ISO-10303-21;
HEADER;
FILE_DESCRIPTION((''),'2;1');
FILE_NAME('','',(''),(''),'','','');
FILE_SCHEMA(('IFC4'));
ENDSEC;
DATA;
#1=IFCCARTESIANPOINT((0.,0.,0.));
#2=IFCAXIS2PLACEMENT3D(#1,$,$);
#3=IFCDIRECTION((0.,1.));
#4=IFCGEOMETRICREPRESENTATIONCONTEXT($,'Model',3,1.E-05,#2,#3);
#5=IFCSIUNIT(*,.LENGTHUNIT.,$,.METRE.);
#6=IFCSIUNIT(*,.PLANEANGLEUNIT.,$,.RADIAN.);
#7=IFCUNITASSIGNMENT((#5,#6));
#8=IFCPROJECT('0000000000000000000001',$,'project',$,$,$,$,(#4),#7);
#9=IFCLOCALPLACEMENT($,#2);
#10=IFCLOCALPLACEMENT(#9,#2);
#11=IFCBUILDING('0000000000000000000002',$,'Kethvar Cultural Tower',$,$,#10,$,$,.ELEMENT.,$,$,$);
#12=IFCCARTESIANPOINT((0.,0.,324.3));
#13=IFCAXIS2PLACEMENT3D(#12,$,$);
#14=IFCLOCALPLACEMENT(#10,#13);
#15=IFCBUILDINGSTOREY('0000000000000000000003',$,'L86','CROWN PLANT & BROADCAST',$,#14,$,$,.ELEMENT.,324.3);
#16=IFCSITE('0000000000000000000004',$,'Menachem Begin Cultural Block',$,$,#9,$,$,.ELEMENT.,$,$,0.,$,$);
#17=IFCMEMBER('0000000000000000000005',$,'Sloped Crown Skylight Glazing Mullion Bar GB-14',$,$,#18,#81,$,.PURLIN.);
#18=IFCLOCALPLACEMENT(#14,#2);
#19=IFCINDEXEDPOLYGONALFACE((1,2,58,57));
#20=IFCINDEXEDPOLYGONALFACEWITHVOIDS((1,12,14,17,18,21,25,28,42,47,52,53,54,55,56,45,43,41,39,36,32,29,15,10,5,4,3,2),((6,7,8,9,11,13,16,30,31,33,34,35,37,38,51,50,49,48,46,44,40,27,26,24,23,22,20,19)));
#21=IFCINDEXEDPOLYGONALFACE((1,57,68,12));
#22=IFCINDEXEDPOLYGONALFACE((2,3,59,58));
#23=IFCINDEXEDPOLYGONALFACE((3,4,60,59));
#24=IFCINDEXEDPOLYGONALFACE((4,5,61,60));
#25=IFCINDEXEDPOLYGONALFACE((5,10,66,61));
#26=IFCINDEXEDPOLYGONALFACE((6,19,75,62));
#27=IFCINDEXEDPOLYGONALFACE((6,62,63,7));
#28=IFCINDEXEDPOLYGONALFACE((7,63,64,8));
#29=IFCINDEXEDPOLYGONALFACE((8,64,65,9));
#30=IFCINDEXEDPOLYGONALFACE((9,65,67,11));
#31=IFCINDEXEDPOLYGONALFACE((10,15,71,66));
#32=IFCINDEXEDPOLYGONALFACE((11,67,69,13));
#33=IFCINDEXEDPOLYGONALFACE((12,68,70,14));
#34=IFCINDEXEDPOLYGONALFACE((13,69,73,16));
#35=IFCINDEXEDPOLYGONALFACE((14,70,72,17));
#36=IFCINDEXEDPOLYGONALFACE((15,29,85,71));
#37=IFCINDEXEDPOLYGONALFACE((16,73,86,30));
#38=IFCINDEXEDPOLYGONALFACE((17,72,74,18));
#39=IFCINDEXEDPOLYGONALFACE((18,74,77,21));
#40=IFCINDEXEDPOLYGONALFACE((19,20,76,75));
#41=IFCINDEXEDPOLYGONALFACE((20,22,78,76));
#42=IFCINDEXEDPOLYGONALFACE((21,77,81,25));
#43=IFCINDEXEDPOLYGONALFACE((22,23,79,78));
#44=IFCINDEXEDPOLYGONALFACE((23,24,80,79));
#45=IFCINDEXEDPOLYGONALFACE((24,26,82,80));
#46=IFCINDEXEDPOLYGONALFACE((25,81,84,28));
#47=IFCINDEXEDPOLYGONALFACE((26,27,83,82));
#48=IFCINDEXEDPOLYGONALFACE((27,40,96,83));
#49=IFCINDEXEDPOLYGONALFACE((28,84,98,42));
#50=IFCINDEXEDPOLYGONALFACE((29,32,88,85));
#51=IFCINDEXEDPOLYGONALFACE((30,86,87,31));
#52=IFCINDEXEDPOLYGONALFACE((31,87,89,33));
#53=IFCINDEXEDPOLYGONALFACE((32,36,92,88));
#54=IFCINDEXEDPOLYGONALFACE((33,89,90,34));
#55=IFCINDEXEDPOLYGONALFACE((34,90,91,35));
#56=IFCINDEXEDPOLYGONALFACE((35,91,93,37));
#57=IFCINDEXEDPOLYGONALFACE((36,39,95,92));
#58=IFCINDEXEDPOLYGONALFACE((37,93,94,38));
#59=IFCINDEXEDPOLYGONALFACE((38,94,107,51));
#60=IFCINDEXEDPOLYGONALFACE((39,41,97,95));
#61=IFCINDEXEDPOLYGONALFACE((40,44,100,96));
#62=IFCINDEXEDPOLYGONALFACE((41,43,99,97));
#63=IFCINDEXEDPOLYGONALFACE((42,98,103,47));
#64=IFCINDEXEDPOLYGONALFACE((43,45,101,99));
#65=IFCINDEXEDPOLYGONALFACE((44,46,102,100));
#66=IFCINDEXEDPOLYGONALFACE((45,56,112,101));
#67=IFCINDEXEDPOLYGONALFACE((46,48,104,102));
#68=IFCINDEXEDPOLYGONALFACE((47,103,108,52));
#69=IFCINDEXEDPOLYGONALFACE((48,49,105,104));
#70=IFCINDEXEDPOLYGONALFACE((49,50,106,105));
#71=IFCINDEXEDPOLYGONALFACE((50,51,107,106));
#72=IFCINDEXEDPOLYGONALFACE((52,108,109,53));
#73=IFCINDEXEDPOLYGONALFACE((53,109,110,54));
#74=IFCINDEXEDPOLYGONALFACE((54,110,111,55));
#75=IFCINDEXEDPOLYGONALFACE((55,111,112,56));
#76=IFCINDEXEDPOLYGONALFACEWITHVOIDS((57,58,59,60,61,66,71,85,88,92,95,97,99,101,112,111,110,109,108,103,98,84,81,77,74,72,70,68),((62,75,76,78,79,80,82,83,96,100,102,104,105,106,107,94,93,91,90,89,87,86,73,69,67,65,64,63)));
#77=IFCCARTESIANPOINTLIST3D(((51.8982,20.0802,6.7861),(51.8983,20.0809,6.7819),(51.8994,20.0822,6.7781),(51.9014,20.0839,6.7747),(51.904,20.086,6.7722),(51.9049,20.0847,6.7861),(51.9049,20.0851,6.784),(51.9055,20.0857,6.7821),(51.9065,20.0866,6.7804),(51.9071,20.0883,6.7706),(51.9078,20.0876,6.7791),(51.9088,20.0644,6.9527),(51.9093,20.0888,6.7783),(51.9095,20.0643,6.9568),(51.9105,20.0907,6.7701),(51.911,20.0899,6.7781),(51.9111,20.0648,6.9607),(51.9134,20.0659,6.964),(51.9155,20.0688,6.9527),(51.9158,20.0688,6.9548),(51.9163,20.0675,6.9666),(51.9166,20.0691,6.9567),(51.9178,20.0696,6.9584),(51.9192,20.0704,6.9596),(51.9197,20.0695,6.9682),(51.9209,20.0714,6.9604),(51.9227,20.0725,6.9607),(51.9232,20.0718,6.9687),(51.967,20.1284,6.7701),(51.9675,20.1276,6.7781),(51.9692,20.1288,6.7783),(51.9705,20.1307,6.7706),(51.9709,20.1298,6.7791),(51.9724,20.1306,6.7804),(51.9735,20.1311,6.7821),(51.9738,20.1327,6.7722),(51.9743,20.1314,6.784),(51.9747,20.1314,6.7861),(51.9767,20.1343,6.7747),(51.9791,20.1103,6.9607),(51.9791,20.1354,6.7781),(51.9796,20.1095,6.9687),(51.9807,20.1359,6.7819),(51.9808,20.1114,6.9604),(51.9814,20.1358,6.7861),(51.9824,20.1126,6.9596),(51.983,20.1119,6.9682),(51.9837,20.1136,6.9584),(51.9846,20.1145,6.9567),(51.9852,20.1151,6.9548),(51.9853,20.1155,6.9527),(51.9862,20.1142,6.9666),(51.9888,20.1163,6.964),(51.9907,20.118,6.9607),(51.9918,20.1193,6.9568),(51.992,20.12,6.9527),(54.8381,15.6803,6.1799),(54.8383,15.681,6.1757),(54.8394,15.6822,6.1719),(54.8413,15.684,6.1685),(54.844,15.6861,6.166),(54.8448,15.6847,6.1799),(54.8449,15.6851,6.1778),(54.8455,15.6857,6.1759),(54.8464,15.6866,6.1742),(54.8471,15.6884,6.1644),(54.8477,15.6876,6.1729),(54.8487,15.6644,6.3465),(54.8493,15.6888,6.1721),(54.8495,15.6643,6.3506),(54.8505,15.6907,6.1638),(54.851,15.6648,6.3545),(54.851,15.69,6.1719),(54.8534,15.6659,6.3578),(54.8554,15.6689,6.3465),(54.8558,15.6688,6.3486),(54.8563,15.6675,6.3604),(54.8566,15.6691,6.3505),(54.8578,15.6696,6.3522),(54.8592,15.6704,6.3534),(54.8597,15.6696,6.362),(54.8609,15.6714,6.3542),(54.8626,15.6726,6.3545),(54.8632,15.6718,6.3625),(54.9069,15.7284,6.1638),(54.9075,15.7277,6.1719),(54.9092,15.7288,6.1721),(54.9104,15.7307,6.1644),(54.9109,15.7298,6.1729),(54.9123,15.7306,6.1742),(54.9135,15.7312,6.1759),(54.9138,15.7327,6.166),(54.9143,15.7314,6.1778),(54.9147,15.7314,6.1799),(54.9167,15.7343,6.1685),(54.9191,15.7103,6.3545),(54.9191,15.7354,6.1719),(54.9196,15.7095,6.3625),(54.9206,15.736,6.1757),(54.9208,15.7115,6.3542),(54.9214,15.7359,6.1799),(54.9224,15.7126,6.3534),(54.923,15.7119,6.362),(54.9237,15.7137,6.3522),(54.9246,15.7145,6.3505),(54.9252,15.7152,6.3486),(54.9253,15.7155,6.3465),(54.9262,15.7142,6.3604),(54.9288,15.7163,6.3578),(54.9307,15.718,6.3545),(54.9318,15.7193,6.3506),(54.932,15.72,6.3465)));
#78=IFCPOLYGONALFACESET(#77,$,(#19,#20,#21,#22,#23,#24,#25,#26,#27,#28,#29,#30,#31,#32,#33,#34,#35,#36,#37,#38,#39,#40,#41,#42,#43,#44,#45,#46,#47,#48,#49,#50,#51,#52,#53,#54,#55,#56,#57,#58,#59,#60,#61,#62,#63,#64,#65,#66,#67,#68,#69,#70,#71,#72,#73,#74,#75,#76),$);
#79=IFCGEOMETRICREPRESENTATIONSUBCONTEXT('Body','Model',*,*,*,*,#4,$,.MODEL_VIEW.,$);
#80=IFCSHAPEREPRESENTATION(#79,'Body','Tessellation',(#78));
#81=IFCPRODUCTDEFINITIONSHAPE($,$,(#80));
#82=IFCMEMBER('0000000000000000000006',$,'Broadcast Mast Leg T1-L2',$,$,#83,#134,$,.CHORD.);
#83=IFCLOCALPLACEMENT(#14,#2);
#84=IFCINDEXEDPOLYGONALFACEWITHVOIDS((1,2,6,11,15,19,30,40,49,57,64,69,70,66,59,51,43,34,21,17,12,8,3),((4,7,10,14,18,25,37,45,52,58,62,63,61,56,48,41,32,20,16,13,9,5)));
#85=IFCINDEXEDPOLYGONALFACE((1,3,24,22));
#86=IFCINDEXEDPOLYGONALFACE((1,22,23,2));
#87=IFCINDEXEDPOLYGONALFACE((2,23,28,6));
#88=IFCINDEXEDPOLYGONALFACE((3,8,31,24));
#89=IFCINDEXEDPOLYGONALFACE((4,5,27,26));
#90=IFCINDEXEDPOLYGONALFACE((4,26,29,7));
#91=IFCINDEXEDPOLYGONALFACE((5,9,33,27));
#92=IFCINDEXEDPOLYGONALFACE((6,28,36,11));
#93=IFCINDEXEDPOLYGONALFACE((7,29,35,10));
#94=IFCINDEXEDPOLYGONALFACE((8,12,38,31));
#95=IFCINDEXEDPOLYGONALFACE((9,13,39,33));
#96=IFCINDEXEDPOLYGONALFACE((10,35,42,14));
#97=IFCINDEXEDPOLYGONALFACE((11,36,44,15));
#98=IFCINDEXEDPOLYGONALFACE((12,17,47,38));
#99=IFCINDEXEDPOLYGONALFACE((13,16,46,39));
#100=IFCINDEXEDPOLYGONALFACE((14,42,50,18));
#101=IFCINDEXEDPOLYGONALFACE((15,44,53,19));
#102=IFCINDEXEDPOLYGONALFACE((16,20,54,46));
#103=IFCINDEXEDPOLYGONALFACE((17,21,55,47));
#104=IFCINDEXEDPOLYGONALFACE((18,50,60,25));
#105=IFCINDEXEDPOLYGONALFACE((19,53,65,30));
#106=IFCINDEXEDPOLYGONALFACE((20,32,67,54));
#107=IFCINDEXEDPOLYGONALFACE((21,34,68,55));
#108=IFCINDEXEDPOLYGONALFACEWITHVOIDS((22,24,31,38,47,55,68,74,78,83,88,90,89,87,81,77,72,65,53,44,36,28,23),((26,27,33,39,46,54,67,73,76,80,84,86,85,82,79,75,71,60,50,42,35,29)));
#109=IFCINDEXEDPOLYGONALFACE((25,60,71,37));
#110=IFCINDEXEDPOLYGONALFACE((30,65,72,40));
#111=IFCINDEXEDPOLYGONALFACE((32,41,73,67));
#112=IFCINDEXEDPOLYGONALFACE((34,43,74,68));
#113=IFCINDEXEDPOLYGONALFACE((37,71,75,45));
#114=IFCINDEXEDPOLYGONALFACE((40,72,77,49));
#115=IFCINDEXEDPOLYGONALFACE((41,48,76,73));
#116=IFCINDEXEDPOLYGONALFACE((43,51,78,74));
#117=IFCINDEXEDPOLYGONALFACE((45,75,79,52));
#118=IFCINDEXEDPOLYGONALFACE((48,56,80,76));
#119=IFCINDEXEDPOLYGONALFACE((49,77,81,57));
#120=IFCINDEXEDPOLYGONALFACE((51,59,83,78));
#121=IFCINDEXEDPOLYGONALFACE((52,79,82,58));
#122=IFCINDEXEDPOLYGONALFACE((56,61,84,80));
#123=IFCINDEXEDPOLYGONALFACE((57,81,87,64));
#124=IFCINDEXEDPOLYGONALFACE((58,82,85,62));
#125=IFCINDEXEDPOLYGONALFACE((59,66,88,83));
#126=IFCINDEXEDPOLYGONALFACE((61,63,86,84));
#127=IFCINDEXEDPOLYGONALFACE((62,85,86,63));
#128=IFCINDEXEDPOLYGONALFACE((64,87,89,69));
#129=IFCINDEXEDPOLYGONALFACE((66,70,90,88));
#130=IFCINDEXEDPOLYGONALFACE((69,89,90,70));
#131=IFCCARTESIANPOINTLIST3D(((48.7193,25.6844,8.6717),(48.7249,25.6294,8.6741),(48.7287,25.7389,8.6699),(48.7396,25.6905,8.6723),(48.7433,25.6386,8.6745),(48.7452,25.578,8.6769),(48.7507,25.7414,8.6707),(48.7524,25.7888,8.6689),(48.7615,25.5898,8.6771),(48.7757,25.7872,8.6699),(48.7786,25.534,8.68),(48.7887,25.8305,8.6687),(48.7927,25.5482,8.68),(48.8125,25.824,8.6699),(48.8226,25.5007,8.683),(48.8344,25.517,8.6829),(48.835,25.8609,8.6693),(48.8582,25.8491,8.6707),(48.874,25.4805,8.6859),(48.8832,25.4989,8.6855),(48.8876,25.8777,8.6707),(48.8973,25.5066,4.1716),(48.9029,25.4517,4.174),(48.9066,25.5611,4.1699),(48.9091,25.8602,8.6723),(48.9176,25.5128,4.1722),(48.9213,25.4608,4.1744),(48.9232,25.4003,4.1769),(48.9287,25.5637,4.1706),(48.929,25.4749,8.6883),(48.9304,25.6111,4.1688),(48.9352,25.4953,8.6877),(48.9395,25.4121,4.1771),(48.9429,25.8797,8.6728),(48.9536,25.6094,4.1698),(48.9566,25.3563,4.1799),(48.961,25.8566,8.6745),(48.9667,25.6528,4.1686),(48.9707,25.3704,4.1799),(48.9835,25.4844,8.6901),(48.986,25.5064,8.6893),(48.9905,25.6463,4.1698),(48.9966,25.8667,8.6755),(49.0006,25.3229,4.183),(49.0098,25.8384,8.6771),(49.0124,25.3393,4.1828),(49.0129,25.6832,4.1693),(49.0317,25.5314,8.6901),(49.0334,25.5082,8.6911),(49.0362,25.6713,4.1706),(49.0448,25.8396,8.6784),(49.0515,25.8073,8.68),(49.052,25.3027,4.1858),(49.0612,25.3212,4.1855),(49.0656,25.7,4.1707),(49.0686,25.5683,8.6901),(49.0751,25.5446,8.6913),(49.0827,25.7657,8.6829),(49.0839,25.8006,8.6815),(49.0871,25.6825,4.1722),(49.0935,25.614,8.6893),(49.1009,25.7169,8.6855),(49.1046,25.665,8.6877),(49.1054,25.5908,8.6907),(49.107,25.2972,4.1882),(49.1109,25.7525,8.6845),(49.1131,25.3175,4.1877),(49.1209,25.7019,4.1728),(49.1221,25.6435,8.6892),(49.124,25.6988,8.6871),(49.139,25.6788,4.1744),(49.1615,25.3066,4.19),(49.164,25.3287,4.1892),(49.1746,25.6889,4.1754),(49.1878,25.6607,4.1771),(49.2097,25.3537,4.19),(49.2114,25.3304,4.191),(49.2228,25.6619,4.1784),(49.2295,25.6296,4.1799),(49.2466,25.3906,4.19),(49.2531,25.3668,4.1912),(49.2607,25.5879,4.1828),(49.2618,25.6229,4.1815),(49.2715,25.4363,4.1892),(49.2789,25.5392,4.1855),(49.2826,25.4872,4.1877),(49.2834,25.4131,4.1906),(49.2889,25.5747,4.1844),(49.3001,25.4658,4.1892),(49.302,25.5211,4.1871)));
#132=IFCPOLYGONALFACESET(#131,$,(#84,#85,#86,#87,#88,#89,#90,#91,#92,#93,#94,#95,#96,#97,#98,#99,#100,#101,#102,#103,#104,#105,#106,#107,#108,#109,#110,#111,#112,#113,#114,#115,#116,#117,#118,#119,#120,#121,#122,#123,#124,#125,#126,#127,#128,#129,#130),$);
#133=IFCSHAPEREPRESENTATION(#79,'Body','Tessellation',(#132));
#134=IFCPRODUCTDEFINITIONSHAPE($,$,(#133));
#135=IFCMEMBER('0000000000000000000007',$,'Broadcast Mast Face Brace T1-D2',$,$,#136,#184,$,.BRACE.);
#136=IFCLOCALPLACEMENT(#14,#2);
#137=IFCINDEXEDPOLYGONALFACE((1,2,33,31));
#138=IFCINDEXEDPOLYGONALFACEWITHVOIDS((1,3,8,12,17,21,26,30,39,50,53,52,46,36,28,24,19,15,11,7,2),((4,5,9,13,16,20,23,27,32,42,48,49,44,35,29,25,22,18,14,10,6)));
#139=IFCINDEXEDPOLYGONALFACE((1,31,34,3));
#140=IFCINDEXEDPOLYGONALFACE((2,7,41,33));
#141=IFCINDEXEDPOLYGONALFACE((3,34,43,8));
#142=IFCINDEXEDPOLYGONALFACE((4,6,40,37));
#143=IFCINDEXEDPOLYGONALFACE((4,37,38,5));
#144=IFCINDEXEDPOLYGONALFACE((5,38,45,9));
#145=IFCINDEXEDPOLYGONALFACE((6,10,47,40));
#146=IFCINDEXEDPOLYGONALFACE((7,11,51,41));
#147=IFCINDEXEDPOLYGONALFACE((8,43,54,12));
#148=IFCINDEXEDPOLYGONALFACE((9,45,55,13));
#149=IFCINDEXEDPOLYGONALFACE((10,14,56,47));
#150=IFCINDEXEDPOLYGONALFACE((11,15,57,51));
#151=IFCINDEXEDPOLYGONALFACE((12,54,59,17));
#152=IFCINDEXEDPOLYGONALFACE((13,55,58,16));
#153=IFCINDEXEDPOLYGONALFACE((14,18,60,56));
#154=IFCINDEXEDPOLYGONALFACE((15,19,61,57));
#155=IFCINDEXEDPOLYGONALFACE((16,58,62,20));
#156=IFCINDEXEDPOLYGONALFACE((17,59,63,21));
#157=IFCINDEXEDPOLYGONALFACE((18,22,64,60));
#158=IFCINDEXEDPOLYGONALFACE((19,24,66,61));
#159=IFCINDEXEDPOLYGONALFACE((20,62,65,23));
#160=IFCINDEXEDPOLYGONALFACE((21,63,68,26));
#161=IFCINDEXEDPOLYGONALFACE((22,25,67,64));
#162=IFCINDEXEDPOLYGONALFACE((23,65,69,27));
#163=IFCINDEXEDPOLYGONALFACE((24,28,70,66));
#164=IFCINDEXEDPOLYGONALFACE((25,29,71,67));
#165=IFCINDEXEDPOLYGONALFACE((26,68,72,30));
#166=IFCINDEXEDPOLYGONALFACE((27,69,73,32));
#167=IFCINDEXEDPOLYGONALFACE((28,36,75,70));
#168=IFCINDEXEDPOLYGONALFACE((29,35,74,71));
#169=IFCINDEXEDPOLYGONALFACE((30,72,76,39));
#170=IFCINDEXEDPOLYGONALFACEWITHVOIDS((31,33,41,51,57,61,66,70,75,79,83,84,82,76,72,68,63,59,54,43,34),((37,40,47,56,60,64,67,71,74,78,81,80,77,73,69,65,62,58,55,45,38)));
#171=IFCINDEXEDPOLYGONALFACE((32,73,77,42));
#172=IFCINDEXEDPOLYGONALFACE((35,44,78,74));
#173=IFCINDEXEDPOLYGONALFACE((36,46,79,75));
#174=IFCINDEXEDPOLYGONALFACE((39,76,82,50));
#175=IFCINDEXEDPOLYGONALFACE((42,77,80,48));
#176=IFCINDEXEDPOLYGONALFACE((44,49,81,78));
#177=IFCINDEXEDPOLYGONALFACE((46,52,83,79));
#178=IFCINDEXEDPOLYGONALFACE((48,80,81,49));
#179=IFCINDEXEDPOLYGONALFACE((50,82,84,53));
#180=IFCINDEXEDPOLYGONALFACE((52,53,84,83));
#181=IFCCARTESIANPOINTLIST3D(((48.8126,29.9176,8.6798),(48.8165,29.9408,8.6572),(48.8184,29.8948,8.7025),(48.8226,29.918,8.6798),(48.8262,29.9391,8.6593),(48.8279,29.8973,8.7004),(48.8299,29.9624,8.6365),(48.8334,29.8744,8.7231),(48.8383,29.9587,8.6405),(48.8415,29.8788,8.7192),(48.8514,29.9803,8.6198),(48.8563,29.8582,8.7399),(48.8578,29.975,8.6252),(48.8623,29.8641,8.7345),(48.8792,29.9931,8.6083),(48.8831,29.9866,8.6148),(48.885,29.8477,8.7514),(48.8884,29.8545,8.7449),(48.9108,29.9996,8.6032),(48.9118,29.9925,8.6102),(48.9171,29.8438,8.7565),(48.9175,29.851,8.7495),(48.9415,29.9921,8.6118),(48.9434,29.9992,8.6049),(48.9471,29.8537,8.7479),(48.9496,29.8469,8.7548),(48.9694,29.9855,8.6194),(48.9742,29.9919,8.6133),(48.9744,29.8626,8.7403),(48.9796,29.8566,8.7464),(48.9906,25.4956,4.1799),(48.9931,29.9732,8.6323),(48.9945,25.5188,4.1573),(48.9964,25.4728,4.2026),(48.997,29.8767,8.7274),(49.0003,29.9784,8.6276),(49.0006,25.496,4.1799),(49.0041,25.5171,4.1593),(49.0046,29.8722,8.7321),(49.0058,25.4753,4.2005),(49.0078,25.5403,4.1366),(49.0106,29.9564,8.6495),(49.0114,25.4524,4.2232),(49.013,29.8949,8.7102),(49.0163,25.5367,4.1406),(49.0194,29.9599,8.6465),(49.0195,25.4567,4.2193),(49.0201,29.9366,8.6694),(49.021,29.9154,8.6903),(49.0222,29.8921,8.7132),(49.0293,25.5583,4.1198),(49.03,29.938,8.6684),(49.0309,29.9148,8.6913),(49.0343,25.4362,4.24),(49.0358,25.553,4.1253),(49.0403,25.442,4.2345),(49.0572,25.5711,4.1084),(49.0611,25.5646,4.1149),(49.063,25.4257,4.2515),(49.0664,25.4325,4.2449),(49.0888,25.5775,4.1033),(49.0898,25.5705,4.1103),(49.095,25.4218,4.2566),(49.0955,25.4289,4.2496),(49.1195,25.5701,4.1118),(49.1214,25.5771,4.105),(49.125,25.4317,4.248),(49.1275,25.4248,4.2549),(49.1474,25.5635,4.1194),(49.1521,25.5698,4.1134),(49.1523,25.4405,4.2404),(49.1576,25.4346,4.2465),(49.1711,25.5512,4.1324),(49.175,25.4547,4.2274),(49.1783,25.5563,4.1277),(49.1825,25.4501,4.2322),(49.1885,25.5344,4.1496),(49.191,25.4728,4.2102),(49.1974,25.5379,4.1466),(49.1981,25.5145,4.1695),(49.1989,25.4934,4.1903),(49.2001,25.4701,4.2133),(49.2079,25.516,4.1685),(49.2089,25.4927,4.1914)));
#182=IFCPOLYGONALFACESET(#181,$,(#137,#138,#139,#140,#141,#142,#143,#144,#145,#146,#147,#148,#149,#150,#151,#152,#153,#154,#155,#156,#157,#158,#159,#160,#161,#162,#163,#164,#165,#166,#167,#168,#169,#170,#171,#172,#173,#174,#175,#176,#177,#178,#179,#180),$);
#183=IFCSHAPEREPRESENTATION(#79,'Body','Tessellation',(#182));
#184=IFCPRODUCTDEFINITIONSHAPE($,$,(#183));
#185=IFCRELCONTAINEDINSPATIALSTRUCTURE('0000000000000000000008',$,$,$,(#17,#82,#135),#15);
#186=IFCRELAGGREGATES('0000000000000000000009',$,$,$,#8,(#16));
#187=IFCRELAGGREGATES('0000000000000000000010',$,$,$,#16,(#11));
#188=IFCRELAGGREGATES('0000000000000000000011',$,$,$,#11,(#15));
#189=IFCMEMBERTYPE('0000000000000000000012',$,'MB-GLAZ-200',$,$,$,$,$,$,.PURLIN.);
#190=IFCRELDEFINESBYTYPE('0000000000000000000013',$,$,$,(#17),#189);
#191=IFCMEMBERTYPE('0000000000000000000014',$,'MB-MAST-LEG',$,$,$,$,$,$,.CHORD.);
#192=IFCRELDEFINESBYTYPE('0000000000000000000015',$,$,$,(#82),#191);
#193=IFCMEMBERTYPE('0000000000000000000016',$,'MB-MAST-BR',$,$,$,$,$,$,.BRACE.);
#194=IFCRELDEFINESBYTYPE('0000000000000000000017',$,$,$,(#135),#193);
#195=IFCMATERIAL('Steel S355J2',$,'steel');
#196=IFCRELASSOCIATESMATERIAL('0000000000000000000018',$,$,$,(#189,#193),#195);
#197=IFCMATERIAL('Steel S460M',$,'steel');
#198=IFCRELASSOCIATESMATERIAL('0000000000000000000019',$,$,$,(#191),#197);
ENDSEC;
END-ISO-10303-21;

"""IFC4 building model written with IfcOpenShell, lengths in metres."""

from ifc_helpers import new_model, si_unit, direction, frame, origin, origin_2d, place, context, subcontext, project, spatial, hollow_rectangle, hollow_circle, extrude, source, transform, mapped, material, material_profile, profile_set, type_object, element, save


model = new_model("IFC4")

# Units and contexts
model_context = context("Model", 3, precision=1e-05, world=origin(), true_north=direction((0.0, 1.0)))
body_context = subcontext(model_context, "Body", "Model", "MODEL_VIEW")
ifc_project = project(units=[si_unit("LENGTHUNIT", "METRE"), si_unit("PLANEANGLEUNIT", "RADIAN")], contexts=[model_context])

# Site, building, storey
site_placement = place(None, origin())
site = spatial("IfcSite", under=ifc_project, at=site_placement, Name="Menachem Begin Cultural Block", CompositionType="ELEMENT", RefElevation=0.0)
building_placement = place(site_placement, origin())
building = spatial("IfcBuilding", under=site, at=building_placement, Name="Kethvar Cultural Tower", CompositionType="ELEMENT")
storey_placement = place(building_placement, frame((0.0, 0.0, 324.3)))
storey = spatial("IfcBuildingStorey", under=building, at=storey_placement, Name="L86", Description="CROWN PLANT & BROADCAST", CompositionType="ELEMENT", Elevation=324.3)

# Shared definitions
ifc_material_1 = material(Name="Steel S355J2", Category="steel")

# Members
ifc_material_profile_1 = material_profile(ifc_material_1, hollow_rectangle(XDim=0.1001, YDim=0.2, WallThickness=0.0081, InnerFilletRadius=0.0081, OuterFilletRadius=0.0161, at=origin_2d()), Name="Steel S355J2 — RHS200x100x8")
ifc_profile_set_1 = profile_set([ifc_material_profile_1], Name="Steel S355J2 — RHS200x100x8")
member_type_1 = type_object("IfcMemberType", Name="MB-GLAZ-200", PredefinedType="PURLIN", material=ifc_profile_set_1)
shared_shape_1 = source(origin(), body_context, "Body", "SweptSolid", [
    extrude(hollow_rectangle(XDim=0.1001, YDim=0.2, WallThickness=0.0081, InnerFilletRadius=0.0081, OuterFilletRadius=0.0161, at=origin_2d()), origin(), (0.0, 0.0, 1.0), 5.3264),
])
member_1_placement = place(storey_placement, frame((51.9451, 20.1001, 6.8694), z_axis=(0.551963, -0.826065, -0.113812), x_axis=(0.831468, 0.555573, 0.0)))
element("IfcMember", 1, at=member_1_placement, inside=storey, type_object=member_type_1, Name="Sloped Crown Skylight Glazing Mullion Bar GB-14", PredefinedType="PURLIN", context=body_context, shape_type="MappedRepresentation", body=[
    mapped(shared_shape_1, transform((0.0, 0.0, 0.0), scale=1.0)),
])
ifc_material_2 = material(Name="Steel S460M", Category="steel")
ifc_material_profile_2 = material_profile(ifc_material_2, hollow_circle(Radius=0.2031, WallThickness=0.02, at=origin_2d()), Name="Steel S460M — CHS406x20")
ifc_profile_set_2 = profile_set([ifc_material_profile_2], Name="Steel S460M — CHS406x20")
member_type_2 = type_object("IfcMemberType", Name="MB-MAST-LEG", PredefinedType="CHORD", material=ifc_profile_set_2)
shared_shape_2 = source(origin(), body_context, "Body", "SweptSolid", [
    extrude(hollow_circle(Radius=0.2031, WallThickness=0.02, at=origin_2d()), origin(), (0.0, 0.0, 1.0), 4.5071),
])
member_2_placement = place(storey_placement, frame((49.1001, 25.5, 4.1799), z_axis=(-0.039489, 0.039435, 0.998442), x_axis=(-0.706621, -0.707592, 0.0)))
element("IfcMember", 2, at=member_2_placement, inside=storey, type_object=member_type_2, Name="Broadcast Mast Leg T1-L2", PredefinedType="CHORD", context=body_context, shape_type="MappedRepresentation", body=[
    mapped(shared_shape_2, transform((0.0, 0.0, 0.0), scale=1.0)),
])
ifc_material_profile_3 = material_profile(ifc_material_1, hollow_circle(Radius=0.1096, WallThickness=0.01, at=origin_2d()), Name="Steel S355J2 — CHS219x10")
ifc_profile_set_3 = profile_set([ifc_material_profile_3], Name="Steel S355J2 — CHS219x10")
member_type_3 = type_object("IfcMemberType", Name="MB-MAST-BR", PredefinedType="BRACE", material=ifc_profile_set_3)
shared_shape_3 = source(origin(), body_context, "Body", "SweptSolid", [
    extrude(hollow_circle(Radius=0.1096, WallThickness=0.01, at=origin_2d()), origin(), (0.0, 0.0, 1.0), 6.3115),
])
member_3_placement = place(storey_placement, frame((49.1001, 25.5, 4.1799), z_axis=(-0.028198, 0.700629, 0.712968), x_axis=(-0.999191, -0.040215, 0.0)))
element("IfcMember", 3, at=member_3_placement, inside=storey, type_object=member_type_3, Name="Broadcast Mast Face Brace T1-D2", PredefinedType="BRACE", context=body_context, shape_type="MappedRepresentation", body=[
    mapped(shared_shape_3, transform((0.0, 0.0, 0.0), scale=1.0)),
])

save(model, "model.ifc")
